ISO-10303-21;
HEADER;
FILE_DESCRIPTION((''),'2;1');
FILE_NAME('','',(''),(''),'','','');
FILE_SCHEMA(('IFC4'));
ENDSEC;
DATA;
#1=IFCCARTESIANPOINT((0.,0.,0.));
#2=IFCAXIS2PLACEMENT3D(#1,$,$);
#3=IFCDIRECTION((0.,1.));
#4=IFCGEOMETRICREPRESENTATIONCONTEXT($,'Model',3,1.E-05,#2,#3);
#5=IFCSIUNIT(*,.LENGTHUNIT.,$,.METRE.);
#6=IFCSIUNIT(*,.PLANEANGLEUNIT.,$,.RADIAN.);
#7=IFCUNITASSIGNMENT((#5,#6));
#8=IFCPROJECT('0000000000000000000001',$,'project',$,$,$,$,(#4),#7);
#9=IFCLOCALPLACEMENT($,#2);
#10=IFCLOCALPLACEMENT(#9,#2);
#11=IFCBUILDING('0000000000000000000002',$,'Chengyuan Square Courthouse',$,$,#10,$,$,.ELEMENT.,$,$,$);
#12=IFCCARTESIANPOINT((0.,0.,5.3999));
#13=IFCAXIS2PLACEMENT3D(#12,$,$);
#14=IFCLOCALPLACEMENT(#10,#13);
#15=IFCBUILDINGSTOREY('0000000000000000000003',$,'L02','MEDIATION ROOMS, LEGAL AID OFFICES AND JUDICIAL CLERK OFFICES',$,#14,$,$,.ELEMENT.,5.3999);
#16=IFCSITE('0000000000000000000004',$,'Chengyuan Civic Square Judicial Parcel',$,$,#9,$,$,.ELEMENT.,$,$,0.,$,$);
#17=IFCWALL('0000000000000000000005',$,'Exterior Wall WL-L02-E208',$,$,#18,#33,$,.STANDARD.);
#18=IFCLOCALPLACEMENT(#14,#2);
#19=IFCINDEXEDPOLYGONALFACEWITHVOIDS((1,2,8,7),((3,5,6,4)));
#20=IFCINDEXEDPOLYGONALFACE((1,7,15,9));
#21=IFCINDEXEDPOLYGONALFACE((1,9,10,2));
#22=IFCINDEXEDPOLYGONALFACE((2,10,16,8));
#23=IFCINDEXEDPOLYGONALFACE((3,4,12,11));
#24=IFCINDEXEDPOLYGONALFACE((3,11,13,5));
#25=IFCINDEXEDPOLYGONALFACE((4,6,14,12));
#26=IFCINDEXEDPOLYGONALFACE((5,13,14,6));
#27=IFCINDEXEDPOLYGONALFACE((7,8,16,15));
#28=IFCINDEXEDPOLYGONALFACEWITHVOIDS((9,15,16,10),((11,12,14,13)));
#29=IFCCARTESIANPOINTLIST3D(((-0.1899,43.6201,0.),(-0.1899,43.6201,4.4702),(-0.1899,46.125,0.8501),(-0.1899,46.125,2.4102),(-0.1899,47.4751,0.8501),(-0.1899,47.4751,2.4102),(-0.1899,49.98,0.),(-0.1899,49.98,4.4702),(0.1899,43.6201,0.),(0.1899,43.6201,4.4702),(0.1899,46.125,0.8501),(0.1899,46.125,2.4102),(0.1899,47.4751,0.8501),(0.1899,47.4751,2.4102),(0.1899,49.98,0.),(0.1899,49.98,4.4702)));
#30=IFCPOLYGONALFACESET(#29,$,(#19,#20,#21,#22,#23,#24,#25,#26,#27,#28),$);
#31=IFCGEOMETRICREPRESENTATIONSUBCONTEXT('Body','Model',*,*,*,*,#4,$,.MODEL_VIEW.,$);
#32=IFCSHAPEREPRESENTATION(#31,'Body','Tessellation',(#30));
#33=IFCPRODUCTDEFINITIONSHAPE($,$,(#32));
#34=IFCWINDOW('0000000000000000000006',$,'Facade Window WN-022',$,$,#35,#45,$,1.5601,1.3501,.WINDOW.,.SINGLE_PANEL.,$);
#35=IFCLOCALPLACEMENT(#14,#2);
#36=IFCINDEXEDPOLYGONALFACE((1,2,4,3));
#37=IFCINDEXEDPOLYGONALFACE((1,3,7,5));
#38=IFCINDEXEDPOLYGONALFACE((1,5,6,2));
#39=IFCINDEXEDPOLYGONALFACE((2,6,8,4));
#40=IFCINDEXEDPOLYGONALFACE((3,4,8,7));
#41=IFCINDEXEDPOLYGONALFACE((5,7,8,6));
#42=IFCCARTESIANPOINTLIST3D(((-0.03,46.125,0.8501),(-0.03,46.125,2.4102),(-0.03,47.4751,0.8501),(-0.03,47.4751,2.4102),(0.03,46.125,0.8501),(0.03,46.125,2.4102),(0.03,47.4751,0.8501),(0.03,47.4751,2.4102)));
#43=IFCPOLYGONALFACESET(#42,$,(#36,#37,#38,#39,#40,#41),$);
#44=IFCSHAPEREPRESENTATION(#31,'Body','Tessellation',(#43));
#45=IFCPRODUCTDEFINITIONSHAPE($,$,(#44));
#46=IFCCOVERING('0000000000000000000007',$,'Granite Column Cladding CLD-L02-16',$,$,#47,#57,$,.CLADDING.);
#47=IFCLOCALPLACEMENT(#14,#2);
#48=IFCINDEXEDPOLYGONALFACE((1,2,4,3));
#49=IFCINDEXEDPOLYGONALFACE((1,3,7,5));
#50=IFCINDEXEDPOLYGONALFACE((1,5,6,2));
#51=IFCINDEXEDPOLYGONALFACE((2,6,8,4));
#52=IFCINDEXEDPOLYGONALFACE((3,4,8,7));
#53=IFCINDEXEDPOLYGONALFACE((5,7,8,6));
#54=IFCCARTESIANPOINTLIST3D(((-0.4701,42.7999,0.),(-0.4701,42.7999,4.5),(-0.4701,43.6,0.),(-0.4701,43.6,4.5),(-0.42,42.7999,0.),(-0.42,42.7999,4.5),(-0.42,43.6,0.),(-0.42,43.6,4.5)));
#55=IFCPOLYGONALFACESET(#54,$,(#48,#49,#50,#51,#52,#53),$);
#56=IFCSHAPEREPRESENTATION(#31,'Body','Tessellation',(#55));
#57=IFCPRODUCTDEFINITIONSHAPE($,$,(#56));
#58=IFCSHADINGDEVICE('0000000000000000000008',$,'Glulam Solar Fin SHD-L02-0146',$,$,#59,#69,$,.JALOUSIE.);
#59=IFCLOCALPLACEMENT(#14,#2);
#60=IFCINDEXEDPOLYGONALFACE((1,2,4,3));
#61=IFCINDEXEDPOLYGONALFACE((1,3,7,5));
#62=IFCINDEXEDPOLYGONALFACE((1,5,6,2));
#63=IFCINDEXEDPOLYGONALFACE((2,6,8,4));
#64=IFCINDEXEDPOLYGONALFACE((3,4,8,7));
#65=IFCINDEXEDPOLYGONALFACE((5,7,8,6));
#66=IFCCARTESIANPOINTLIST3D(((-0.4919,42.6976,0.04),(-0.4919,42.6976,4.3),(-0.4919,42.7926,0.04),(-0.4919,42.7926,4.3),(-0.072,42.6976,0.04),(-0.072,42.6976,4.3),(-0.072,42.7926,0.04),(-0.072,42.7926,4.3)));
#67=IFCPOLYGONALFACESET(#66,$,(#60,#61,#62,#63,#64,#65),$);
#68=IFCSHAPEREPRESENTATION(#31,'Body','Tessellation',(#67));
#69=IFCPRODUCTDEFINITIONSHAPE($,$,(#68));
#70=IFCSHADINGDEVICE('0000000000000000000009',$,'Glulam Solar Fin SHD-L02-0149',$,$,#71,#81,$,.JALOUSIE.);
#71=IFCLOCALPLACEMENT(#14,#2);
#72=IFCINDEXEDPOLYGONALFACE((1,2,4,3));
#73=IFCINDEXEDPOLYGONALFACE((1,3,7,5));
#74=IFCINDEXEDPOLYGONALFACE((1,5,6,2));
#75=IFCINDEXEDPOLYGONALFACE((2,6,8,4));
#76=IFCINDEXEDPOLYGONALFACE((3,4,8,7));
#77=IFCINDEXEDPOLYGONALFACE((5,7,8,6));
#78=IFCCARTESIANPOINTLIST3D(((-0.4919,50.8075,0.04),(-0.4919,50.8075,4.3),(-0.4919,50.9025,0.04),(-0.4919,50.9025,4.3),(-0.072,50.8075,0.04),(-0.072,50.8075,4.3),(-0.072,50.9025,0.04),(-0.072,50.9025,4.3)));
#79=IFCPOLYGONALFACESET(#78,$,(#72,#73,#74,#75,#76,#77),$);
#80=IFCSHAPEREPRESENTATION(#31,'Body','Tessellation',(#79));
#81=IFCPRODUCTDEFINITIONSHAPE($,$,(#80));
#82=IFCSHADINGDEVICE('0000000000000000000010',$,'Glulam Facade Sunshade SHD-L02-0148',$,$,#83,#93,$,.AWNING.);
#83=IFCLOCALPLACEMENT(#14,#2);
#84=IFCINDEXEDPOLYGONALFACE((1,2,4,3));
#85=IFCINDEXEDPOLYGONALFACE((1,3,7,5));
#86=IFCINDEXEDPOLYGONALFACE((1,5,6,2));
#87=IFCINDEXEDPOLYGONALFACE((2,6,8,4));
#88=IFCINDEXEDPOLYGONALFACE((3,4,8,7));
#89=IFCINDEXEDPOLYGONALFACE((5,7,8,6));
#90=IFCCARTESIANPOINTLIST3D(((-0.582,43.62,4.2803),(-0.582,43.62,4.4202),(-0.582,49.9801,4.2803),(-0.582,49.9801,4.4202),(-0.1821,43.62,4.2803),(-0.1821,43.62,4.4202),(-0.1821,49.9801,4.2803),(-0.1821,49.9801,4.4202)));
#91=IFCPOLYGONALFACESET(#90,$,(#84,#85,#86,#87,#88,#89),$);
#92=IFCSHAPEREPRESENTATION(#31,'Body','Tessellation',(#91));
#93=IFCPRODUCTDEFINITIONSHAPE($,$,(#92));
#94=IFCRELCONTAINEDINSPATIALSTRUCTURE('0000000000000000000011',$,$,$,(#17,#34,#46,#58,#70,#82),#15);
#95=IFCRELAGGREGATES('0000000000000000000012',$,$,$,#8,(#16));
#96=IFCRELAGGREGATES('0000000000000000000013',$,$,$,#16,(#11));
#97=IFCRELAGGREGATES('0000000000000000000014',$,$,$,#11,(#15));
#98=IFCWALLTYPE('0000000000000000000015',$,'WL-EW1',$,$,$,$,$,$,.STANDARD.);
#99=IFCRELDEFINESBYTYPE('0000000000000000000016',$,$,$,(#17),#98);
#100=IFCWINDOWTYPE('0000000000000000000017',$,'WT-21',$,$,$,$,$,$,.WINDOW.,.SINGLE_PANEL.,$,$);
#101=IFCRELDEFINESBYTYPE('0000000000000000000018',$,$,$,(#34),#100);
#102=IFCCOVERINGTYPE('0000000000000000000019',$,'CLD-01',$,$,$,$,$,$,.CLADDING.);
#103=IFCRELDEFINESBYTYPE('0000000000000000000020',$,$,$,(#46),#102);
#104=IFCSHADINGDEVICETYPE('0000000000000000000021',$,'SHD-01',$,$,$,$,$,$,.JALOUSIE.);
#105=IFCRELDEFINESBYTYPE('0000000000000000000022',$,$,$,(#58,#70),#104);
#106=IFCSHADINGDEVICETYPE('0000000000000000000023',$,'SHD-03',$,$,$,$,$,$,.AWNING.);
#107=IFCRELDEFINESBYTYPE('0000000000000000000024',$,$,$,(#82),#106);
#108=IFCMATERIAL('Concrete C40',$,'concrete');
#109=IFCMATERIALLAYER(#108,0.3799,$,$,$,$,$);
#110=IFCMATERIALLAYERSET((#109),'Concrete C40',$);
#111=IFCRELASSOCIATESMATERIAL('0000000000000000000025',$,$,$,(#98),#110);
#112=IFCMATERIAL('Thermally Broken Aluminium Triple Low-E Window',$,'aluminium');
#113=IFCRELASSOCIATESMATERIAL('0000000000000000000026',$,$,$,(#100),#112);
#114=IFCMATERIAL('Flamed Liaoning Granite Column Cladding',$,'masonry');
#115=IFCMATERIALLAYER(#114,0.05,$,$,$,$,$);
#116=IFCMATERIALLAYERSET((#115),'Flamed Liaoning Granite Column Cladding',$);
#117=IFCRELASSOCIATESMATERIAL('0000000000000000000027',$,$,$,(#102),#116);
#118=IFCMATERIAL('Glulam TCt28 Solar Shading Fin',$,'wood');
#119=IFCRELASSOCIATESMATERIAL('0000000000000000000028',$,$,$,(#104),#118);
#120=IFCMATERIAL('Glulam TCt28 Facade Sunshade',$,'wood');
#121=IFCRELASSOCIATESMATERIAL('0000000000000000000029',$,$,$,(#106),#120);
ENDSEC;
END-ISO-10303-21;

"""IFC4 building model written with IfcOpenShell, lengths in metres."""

from ifc_helpers import new_model, si_unit, direction, frame, frame_2d, origin, origin_2d, place, context, subcontext, project, spatial, rectangle, extrude, material, layer, layer_set, type_object, element, fill, save


model = new_model("IFC4")

# Units and contexts
model_context = context("Model", 3, precision=1e-05, world=origin(), true_north=direction((0.0, 1.0)))
body_context = subcontext(model_context, "Body", "Model", "MODEL_VIEW")
ifc_project = project(units=[si_unit("LENGTHUNIT", "METRE"), si_unit("PLANEANGLEUNIT", "RADIAN")], contexts=[model_context])

# Site, building, storey
site_placement = place(None, origin())
site = spatial("IfcSite", under=ifc_project, at=site_placement, Name="Chengyuan Civic Square Judicial Parcel", CompositionType="ELEMENT", RefElevation=0.0)
building_placement = place(site_placement, origin())
building = spatial("IfcBuilding", under=site, at=building_placement, Name="Chengyuan Square Courthouse", CompositionType="ELEMENT")
storey_placement = place(building_placement, frame((0.0, 0.0, 5.3999)))
storey = spatial("IfcBuildingStorey", under=building, at=storey_placement, Name="L02", Description="MEDIATION ROOMS, LEGAL AID OFFICES AND JUDICIAL CLERK OFFICES", CompositionType="ELEMENT", Elevation=5.3999)

# Shared definitions
ifc_material_1 = material(Name="Concrete C40", Category="concrete")

# Wall, opening, window
ifc_layer_1 = layer(ifc_material_1, 0.3799)
ifc_layer_set_1 = layer_set([ifc_layer_1], Name="Concrete C40")
wall_type = type_object("IfcWallType", Name="WL-EW1", PredefinedType="STANDARD", material=ifc_layer_set_1)
wall_placement = place(storey_placement, frame((0.0, 43.6201, 0.0), z_axis=(0.0, 0.0, 1.0), x_axis=(0.0, 1.0, 0.0)))
wall = element("IfcWall", 1, at=wall_placement, inside=storey, type_object=wall_type, Name="Exterior Wall WL-L02-E208", PredefinedType="STANDARD", context=body_context, shape_type="SweptSolid", body=[
    extrude(rectangle(XDim=6.3599, YDim=0.3799, at=frame_2d((3.1799, 0.0))), origin(), (0.0, 0.0, 1.0), 4.4702),
])
opening_placement = place(wall_placement, frame((2.5049, 0.0, 0.8501)))
opening = element("IfcOpeningElement", 2, at=opening_placement, cuts=wall, PredefinedType="OPENING", context=body_context, shape_type="SweptSolid", body=[
    extrude(rectangle(XDim=1.3501, YDim=1.5601, at=frame_2d((0.675, 0.78))), frame((0.0, 0.2019, 0.0), z_axis=(0.0, -1.0, 0.0), x_axis=(1.0, 0.0, 0.0)), (0.0, 0.0, 1.0), 0.4038),
])
ifc_material_2 = material(Name="Thermally Broken Aluminium Triple Low-E Window", Category="aluminium")
window_type = type_object("IfcWindowType", Name="WT-21", PartitioningType="SINGLE_PANEL", PredefinedType="WINDOW", material=ifc_material_2)
window_placement = place(opening_placement, origin())
window = element("IfcWindow", 3, at=window_placement, inside=storey, type_object=window_type, Name="Facade Window WN-022", OverallHeight=1.5601, OverallWidth=1.3501, PartitioningType="SINGLE_PANEL", PredefinedType="WINDOW", context=body_context, shape_type="SweptSolid", body=[
    extrude(rectangle(XDim=1.3501, YDim=1.5601, at=frame_2d((0.675, 0.78))), frame((0.0, 0.03, 0.0), z_axis=(0.0, -1.0, 0.0), x_axis=(1.0, 0.0, 0.0)), (0.0, 0.0, 1.0), 0.0601),
])
fill(opening, window)

# Covering
ifc_material_3 = material(Name="Flamed Liaoning Granite Column Cladding", Category="masonry")
ifc_layer_2 = layer(ifc_material_3, 0.05)
ifc_layer_set_2 = layer_set([ifc_layer_2], Name="Flamed Liaoning Granite Column Cladding")
covering_type = type_object("IfcCoveringType", Name="CLD-01", PredefinedType="CLADDING", material=ifc_layer_set_2)
covering_placement = place(storey_placement, frame((-0.4451, 43.2, 0.0), z_axis=(0.0, 0.0, 1.0), x_axis=(1.0, 0.0, 0.0)))
element("IfcCovering", 4, at=covering_placement, inside=storey, type_object=covering_type, Name="Granite Column Cladding CLD-L02-16", PredefinedType="CLADDING", context=body_context, shape_type="SweptSolid", body=[
    extrude(rectangle(XDim=0.05, YDim=0.8, at=origin_2d()), origin(), (0.0, 0.0, 1.0), 4.5),
])

# Shading devices
ifc_material_4 = material(Name="Glulam TCt28 Solar Shading Fin", Category="wood")
shading_device_type_1 = type_object("IfcShadingDeviceType", Name="SHD-01", PredefinedType="JALOUSIE", material=ifc_material_4)
for number, where, z_axis, x_axis, name in (
    (5, (-0.282, 42.7451, 0.04), (0.0, 0.0, 1.0), (1.0, 0.0, 0.0), "Glulam Solar Fin SHD-L02-0146"),
    (6, (-0.282, 50.855, 0.04), (0.0, 0.0, 1.0), (1.0, 0.0, 0.0), "Glulam Solar Fin SHD-L02-0149"),
):
    element("IfcShadingDevice", number, at=place(storey_placement, frame(where, z_axis=z_axis, x_axis=x_axis)), inside=storey, type_object=shading_device_type_1, Name=name, PredefinedType="JALOUSIE", context=body_context, shape_type="SweptSolid", body=[
        extrude(rectangle(XDim=0.4199, YDim=0.095, at=origin_2d()), origin(), (0.0, 0.0, 1.0), 4.26),
    ])
ifc_material_5 = material(Name="Glulam TCt28 Facade Sunshade", Category="wood")
shading_device_type_2 = type_object("IfcShadingDeviceType", Name="SHD-03", PredefinedType="AWNING", material=ifc_material_5)
shading_device_placement = place(storey_placement, frame((-0.3821, 46.8, 4.2803), z_axis=(0.0, 0.0, 1.0), x_axis=(0.0, 1.0, 0.0)))
element("IfcShadingDevice", 7, at=shading_device_placement, inside=storey, type_object=shading_device_type_2, Name="Glulam Facade Sunshade SHD-L02-0148", PredefinedType="AWNING", context=body_context, shape_type="SweptSolid", body=[
    extrude(rectangle(XDim=6.3601, YDim=0.3999, at=origin_2d()), origin(), (0.0, 0.0, 1.0), 0.1399),
])

save(model, "model.ifc")
